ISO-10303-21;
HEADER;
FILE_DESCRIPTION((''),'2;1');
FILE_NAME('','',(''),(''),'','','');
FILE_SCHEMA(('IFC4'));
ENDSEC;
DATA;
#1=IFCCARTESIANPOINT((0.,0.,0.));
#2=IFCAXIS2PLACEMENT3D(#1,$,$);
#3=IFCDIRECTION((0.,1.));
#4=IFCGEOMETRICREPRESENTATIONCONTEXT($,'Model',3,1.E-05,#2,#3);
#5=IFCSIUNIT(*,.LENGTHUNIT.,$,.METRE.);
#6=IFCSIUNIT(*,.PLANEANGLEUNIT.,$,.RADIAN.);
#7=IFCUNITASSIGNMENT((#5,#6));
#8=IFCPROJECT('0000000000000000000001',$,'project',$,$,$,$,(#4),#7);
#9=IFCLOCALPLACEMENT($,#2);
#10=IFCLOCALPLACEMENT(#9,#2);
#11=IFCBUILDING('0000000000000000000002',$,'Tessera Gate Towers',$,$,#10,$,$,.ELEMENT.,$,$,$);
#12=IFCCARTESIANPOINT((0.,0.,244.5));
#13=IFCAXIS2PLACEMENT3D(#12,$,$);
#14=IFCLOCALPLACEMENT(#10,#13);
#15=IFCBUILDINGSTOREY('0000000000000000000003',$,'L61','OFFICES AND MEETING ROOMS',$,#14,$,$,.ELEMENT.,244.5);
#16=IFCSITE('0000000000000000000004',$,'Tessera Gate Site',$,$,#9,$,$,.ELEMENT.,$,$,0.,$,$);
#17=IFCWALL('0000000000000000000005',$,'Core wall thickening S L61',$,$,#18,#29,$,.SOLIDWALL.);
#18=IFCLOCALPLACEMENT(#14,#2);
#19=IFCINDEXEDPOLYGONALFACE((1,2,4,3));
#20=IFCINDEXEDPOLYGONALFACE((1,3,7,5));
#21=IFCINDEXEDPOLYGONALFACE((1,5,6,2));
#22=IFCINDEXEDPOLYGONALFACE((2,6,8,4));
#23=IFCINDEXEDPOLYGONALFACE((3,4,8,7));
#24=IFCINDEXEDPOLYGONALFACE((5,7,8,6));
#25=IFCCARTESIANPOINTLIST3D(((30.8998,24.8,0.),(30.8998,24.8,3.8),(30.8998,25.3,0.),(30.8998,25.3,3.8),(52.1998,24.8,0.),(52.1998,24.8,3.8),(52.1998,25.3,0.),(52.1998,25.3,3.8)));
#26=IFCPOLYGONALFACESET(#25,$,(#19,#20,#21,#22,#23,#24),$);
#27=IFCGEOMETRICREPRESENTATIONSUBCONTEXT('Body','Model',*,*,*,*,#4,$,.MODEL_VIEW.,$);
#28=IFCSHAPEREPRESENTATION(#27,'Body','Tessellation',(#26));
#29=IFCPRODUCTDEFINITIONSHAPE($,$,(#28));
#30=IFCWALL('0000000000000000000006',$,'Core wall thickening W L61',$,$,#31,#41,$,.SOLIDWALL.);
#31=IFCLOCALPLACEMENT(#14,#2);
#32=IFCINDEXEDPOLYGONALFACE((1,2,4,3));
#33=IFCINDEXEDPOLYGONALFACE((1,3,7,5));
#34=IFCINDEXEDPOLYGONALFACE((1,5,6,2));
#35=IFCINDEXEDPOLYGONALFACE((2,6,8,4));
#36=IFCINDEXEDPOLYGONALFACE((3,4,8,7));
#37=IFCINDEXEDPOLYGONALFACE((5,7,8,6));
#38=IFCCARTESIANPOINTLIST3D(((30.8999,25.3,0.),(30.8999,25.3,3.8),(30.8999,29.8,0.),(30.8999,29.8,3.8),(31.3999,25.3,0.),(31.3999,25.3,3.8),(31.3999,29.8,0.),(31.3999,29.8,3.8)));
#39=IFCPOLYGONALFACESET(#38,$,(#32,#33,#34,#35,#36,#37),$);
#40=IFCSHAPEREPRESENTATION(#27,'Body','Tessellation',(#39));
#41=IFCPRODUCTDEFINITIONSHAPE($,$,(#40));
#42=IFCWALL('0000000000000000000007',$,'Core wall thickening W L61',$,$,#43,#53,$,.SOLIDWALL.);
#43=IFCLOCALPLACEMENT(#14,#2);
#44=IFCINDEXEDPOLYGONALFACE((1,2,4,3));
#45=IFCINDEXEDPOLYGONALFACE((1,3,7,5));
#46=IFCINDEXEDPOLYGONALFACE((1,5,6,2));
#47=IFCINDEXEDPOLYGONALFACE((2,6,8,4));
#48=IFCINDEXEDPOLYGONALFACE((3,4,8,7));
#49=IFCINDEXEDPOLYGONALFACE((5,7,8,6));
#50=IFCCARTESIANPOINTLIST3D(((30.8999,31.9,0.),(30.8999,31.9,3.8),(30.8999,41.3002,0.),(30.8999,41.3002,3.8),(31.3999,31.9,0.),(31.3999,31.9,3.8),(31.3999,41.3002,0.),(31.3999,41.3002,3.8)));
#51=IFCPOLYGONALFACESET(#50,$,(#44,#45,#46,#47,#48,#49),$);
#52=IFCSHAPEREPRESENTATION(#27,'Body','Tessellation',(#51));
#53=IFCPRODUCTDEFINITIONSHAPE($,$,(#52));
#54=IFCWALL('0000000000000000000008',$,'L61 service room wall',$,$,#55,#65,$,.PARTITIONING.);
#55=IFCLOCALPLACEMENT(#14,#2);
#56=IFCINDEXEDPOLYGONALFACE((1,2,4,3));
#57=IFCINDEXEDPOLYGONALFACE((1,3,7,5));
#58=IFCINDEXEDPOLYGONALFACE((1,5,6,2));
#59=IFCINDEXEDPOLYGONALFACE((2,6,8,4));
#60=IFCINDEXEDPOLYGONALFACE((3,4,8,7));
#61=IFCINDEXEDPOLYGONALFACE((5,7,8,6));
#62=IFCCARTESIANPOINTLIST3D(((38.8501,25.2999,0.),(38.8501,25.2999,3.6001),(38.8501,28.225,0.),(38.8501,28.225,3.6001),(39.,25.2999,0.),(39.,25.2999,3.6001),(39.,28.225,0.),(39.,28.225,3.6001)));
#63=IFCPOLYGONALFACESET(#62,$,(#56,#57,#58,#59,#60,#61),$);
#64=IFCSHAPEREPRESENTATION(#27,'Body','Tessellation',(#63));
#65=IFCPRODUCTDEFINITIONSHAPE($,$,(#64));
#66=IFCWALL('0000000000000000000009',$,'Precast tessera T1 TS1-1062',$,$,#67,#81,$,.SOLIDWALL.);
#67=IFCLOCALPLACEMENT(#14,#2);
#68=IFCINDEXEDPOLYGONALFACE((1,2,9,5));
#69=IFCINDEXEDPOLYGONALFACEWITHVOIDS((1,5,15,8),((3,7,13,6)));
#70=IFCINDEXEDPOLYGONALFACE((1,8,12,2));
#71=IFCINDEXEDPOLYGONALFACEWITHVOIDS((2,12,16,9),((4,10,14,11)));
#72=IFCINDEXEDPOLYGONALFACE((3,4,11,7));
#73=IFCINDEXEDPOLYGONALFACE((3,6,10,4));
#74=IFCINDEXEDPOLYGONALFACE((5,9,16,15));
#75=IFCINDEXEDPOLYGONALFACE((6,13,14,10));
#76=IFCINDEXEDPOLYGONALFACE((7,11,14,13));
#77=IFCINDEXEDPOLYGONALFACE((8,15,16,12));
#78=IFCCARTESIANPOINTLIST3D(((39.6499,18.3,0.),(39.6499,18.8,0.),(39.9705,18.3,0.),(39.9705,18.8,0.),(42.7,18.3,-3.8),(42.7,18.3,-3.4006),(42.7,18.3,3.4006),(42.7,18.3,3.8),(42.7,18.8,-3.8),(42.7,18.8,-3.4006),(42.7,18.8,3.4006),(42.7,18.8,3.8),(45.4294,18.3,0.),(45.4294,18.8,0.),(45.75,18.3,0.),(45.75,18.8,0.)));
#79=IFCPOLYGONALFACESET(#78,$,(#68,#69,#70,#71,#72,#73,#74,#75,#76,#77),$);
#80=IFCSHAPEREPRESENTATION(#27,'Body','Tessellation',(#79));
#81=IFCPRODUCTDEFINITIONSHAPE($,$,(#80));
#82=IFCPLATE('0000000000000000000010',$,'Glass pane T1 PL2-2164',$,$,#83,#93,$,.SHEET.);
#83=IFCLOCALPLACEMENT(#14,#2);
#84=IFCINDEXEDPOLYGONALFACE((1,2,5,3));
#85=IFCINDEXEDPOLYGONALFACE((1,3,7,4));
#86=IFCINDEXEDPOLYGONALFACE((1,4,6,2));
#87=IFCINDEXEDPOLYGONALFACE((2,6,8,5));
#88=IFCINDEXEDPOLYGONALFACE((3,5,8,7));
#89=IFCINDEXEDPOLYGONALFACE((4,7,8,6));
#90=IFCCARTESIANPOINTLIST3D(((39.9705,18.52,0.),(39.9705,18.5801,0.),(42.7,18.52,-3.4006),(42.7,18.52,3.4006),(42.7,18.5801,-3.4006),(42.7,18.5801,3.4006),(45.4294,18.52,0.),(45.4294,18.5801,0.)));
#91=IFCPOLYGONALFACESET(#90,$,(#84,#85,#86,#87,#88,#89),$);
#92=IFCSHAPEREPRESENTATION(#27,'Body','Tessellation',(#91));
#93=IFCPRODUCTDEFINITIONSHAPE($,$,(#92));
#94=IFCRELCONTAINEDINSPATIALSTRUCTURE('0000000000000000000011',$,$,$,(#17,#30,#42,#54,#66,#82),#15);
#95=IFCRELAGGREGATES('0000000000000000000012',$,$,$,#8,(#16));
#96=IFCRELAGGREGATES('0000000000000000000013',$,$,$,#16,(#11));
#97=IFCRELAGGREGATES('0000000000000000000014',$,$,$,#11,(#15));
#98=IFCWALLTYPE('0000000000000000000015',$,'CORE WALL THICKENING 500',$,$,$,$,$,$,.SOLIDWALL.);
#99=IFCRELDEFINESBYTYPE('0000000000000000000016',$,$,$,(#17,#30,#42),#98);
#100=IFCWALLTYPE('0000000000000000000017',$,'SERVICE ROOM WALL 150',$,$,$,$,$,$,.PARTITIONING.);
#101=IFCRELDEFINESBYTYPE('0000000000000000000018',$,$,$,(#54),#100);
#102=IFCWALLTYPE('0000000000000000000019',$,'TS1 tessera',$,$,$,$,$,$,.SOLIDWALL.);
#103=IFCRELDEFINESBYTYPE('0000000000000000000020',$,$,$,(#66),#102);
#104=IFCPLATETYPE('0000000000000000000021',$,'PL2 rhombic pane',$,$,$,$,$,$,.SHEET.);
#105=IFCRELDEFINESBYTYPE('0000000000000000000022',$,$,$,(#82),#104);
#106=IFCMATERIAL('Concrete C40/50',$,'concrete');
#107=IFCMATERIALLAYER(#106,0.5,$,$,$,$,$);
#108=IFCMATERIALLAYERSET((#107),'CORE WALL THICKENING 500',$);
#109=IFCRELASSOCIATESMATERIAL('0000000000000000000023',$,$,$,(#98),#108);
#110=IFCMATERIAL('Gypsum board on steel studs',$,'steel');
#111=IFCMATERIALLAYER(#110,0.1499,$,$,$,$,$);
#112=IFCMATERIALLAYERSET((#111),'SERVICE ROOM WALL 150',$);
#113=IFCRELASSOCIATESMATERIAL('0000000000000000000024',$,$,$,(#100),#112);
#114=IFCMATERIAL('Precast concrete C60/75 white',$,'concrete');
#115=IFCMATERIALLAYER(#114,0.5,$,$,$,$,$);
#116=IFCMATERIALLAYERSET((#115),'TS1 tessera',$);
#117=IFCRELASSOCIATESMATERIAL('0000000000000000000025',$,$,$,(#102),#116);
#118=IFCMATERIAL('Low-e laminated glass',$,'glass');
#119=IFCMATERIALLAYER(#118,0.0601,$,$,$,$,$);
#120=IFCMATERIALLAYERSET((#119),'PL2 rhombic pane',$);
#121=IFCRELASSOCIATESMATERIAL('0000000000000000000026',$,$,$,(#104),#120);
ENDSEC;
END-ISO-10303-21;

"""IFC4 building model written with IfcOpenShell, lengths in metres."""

from ifc_helpers import new_model, si_unit, direction, frame, frame_2d, origin, place, context, subcontext, project, spatial, polyline, rectangle, outline, extrude, source, transform, mapped, material, layer, layer_set, type_object, element, fill, save


model = new_model("IFC4")

# Units and contexts
model_context = context("Model", 3, precision=1e-05, world=origin(), true_north=direction((0.0, 1.0)))
body_context = subcontext(model_context, "Body", "Model", "MODEL_VIEW")
ifc_project = project(units=[si_unit("LENGTHUNIT", "METRE"), si_unit("PLANEANGLEUNIT", "RADIAN")], contexts=[model_context])

# Site, building, storey
site_placement = place(None, origin())
site = spatial("IfcSite", under=ifc_project, at=site_placement, Name="Tessera Gate Site", CompositionType="ELEMENT", RefElevation=0.0)
building_placement = place(site_placement, origin())
building = spatial("IfcBuilding", under=site, at=building_placement, Name="Tessera Gate Towers", CompositionType="ELEMENT")
storey_placement = place(building_placement, frame((0.0, 0.0, 244.5)))
storey = spatial("IfcBuildingStorey", under=building, at=storey_placement, Name="L61", Description="OFFICES AND MEETING ROOMS", CompositionType="ELEMENT", Elevation=244.5)

# Walls
ifc_material_1 = material(Name="Concrete C40/50", Category="concrete")
ifc_layer_1 = layer(ifc_material_1, 0.5)
ifc_layer_set_1 = layer_set([ifc_layer_1], Name="CORE WALL THICKENING 500")
wall_type_1 = type_object("IfcWallType", Name="CORE WALL THICKENING 500", PredefinedType="SOLIDWALL", material=ifc_layer_set_1)
wall_1_placement = place(storey_placement, frame((30.8999, 25.05, 0.0), z_axis=(0.0, 0.0, 1.0), x_axis=(1.0, 0.0, 0.0)))
element("IfcWall", 1, at=wall_1_placement, inside=storey, type_object=wall_type_1, Name="Core wall thickening S L61", PredefinedType="SOLIDWALL", context=body_context, shape_type="SweptSolid", body=[
    extrude(rectangle(XDim=21.3, YDim=0.5, at=frame_2d((10.6499, 0.0))), origin(), (0.0, 0.0, 1.0), 3.8),
])
wall_2_placement = place(storey_placement, frame((31.1499, 25.3, 0.0), z_axis=(0.0, 0.0, 1.0), x_axis=(0.0, 1.0, 0.0)))
element("IfcWall", 2, at=wall_2_placement, inside=storey, type_object=wall_type_1, Name="Core wall thickening W L61", PredefinedType="SOLIDWALL", context=body_context, shape_type="SweptSolid", body=[
    extrude(rectangle(XDim=4.5, YDim=0.5, at=frame_2d((2.25, 0.0))), origin(), (0.0, 0.0, 1.0), 3.8),
])
wall_3_placement = place(storey_placement, frame((31.1499, 31.8999, 0.0), z_axis=(0.0, 0.0, 1.0), x_axis=(0.0, 1.0, 0.0)))
element("IfcWall", 3, at=wall_3_placement, inside=storey, type_object=wall_type_1, Name="Core wall thickening W L61", PredefinedType="SOLIDWALL", context=body_context, shape_type="SweptSolid", body=[
    extrude(rectangle(XDim=9.4001, YDim=0.5, at=frame_2d((4.7002, 0.0))), origin(), (0.0, 0.0, 1.0), 3.8),
])
ifc_material_2 = material(Name="Gypsum board on steel studs", Category="steel")
ifc_layer_2 = layer(ifc_material_2, 0.1499)
ifc_layer_set_2 = layer_set([ifc_layer_2], Name="SERVICE ROOM WALL 150")
wall_type_2 = type_object("IfcWallType", Name="SERVICE ROOM WALL 150", PredefinedType="PARTITIONING", material=ifc_layer_set_2)
wall_4_placement = place(storey_placement, frame((38.925, 25.3, 0.0), z_axis=(0.0, 0.0, 1.0), x_axis=(0.0, 1.0, 0.0)))
element("IfcWall", 4, at=wall_4_placement, inside=storey, type_object=wall_type_2, Name="L61 service room wall", PredefinedType="PARTITIONING", context=body_context, shape_type="SweptSolid", body=[
    extrude(rectangle(XDim=2.925, YDim=0.1499, at=frame_2d((1.4624, 0.0))), origin(), (0.0, 0.0, 1.0), 3.6001),
])

# Wall, opening, plate
ifc_material_3 = material(Name="Precast concrete C60/75 white", Category="concrete")
ifc_layer_3 = layer(ifc_material_3, 0.5)
ifc_layer_set_3 = layer_set([ifc_layer_3], Name="TS1 tessera")
wall_type_3 = type_object("IfcWallType", Name="TS1 tessera", PredefinedType="SOLIDWALL", material=ifc_layer_set_3)
shared_shape_1 = source(origin(), body_context, "Body", "SweptSolid", [
    extrude(outline(polyline([(3.05, 0.0), (6.1001, 3.8), (3.05, 7.6001), (0.0, 3.8), (3.05, 0.0)])), frame((0.0, 0.25, 0.0), z_axis=(0.0, -1.0, 0.0), x_axis=(1.0, 0.0, 0.0)), (0.0, 0.0, 1.0), 0.5),
])
wall_5_placement = place(storey_placement, frame((39.6499, 18.55, -3.8), z_axis=(0.0, 0.0, 1.0), x_axis=(1.0, 0.0, 0.0)))
wall_5 = element("IfcWall", 5, at=wall_5_placement, inside=storey, type_object=wall_type_3, Name="Precast tessera T1 TS1-1062", PredefinedType="SOLIDWALL", context=body_context, shape_type="MappedRepresentation", body=[
    mapped(shared_shape_1, transform((0.0, 0.0, 0.0), scale=1.0)),
])
shared_shape_2 = source(origin(), body_context, "Body", "SweptSolid", [
    extrude(outline(polyline([(3.05, 0.3994), (5.7795, 3.8), (3.05, 7.2007), (0.3206, 3.8), (3.05, 0.3994)])), frame((0.0, 0.26, 0.0), z_axis=(0.0, -1.0, 0.0), x_axis=(1.0, 0.0, 0.0)), (0.0, 0.0, 1.0), 0.52),
])
opening_1_placement = place(wall_5_placement, origin())
opening_1 = element("IfcOpeningElement", 6, at=opening_1_placement, cuts=wall_5, PredefinedType="OPENING", context=body_context, shape_type="MappedRepresentation", body=[
    mapped(shared_shape_2, transform((0.0, 0.0, 0.0), scale=1.0)),
])
ifc_material_4 = material(Name="Low-e laminated glass", Category="glass")
ifc_layer_4 = layer(ifc_material_4, 0.0601)
ifc_layer_set_4 = layer_set([ifc_layer_4], Name="PL2 rhombic pane")
plate_type = type_object("IfcPlateType", Name="PL2 rhombic pane", PredefinedType="SHEET", material=ifc_layer_set_4)
shared_shape_3 = source(origin(), body_context, "Body", "SweptSolid", [
    extrude(outline(polyline([(3.05, 0.3994), (5.7795, 3.8), (3.05, 7.2007), (0.3206, 3.8), (3.05, 0.3994)])), frame((0.0, 0.03, 0.0), z_axis=(0.0, -1.0, 0.0), x_axis=(1.0, 0.0, 0.0)), (0.0, 0.0, 1.0), 0.0601),
])
plate_placement = place(opening_1_placement, origin())
plate = element("IfcPlate", 7, at=plate_placement, inside=storey, type_object=plate_type, Name="Glass pane T1 PL2-2164", PredefinedType="SHEET", context=body_context, shape_type="MappedRepresentation", body=[
    mapped(shared_shape_3, transform((0.0, 0.0, 0.0), scale=1.0)),
])
fill(opening_1, plate)

save(model, "model.ifc")
